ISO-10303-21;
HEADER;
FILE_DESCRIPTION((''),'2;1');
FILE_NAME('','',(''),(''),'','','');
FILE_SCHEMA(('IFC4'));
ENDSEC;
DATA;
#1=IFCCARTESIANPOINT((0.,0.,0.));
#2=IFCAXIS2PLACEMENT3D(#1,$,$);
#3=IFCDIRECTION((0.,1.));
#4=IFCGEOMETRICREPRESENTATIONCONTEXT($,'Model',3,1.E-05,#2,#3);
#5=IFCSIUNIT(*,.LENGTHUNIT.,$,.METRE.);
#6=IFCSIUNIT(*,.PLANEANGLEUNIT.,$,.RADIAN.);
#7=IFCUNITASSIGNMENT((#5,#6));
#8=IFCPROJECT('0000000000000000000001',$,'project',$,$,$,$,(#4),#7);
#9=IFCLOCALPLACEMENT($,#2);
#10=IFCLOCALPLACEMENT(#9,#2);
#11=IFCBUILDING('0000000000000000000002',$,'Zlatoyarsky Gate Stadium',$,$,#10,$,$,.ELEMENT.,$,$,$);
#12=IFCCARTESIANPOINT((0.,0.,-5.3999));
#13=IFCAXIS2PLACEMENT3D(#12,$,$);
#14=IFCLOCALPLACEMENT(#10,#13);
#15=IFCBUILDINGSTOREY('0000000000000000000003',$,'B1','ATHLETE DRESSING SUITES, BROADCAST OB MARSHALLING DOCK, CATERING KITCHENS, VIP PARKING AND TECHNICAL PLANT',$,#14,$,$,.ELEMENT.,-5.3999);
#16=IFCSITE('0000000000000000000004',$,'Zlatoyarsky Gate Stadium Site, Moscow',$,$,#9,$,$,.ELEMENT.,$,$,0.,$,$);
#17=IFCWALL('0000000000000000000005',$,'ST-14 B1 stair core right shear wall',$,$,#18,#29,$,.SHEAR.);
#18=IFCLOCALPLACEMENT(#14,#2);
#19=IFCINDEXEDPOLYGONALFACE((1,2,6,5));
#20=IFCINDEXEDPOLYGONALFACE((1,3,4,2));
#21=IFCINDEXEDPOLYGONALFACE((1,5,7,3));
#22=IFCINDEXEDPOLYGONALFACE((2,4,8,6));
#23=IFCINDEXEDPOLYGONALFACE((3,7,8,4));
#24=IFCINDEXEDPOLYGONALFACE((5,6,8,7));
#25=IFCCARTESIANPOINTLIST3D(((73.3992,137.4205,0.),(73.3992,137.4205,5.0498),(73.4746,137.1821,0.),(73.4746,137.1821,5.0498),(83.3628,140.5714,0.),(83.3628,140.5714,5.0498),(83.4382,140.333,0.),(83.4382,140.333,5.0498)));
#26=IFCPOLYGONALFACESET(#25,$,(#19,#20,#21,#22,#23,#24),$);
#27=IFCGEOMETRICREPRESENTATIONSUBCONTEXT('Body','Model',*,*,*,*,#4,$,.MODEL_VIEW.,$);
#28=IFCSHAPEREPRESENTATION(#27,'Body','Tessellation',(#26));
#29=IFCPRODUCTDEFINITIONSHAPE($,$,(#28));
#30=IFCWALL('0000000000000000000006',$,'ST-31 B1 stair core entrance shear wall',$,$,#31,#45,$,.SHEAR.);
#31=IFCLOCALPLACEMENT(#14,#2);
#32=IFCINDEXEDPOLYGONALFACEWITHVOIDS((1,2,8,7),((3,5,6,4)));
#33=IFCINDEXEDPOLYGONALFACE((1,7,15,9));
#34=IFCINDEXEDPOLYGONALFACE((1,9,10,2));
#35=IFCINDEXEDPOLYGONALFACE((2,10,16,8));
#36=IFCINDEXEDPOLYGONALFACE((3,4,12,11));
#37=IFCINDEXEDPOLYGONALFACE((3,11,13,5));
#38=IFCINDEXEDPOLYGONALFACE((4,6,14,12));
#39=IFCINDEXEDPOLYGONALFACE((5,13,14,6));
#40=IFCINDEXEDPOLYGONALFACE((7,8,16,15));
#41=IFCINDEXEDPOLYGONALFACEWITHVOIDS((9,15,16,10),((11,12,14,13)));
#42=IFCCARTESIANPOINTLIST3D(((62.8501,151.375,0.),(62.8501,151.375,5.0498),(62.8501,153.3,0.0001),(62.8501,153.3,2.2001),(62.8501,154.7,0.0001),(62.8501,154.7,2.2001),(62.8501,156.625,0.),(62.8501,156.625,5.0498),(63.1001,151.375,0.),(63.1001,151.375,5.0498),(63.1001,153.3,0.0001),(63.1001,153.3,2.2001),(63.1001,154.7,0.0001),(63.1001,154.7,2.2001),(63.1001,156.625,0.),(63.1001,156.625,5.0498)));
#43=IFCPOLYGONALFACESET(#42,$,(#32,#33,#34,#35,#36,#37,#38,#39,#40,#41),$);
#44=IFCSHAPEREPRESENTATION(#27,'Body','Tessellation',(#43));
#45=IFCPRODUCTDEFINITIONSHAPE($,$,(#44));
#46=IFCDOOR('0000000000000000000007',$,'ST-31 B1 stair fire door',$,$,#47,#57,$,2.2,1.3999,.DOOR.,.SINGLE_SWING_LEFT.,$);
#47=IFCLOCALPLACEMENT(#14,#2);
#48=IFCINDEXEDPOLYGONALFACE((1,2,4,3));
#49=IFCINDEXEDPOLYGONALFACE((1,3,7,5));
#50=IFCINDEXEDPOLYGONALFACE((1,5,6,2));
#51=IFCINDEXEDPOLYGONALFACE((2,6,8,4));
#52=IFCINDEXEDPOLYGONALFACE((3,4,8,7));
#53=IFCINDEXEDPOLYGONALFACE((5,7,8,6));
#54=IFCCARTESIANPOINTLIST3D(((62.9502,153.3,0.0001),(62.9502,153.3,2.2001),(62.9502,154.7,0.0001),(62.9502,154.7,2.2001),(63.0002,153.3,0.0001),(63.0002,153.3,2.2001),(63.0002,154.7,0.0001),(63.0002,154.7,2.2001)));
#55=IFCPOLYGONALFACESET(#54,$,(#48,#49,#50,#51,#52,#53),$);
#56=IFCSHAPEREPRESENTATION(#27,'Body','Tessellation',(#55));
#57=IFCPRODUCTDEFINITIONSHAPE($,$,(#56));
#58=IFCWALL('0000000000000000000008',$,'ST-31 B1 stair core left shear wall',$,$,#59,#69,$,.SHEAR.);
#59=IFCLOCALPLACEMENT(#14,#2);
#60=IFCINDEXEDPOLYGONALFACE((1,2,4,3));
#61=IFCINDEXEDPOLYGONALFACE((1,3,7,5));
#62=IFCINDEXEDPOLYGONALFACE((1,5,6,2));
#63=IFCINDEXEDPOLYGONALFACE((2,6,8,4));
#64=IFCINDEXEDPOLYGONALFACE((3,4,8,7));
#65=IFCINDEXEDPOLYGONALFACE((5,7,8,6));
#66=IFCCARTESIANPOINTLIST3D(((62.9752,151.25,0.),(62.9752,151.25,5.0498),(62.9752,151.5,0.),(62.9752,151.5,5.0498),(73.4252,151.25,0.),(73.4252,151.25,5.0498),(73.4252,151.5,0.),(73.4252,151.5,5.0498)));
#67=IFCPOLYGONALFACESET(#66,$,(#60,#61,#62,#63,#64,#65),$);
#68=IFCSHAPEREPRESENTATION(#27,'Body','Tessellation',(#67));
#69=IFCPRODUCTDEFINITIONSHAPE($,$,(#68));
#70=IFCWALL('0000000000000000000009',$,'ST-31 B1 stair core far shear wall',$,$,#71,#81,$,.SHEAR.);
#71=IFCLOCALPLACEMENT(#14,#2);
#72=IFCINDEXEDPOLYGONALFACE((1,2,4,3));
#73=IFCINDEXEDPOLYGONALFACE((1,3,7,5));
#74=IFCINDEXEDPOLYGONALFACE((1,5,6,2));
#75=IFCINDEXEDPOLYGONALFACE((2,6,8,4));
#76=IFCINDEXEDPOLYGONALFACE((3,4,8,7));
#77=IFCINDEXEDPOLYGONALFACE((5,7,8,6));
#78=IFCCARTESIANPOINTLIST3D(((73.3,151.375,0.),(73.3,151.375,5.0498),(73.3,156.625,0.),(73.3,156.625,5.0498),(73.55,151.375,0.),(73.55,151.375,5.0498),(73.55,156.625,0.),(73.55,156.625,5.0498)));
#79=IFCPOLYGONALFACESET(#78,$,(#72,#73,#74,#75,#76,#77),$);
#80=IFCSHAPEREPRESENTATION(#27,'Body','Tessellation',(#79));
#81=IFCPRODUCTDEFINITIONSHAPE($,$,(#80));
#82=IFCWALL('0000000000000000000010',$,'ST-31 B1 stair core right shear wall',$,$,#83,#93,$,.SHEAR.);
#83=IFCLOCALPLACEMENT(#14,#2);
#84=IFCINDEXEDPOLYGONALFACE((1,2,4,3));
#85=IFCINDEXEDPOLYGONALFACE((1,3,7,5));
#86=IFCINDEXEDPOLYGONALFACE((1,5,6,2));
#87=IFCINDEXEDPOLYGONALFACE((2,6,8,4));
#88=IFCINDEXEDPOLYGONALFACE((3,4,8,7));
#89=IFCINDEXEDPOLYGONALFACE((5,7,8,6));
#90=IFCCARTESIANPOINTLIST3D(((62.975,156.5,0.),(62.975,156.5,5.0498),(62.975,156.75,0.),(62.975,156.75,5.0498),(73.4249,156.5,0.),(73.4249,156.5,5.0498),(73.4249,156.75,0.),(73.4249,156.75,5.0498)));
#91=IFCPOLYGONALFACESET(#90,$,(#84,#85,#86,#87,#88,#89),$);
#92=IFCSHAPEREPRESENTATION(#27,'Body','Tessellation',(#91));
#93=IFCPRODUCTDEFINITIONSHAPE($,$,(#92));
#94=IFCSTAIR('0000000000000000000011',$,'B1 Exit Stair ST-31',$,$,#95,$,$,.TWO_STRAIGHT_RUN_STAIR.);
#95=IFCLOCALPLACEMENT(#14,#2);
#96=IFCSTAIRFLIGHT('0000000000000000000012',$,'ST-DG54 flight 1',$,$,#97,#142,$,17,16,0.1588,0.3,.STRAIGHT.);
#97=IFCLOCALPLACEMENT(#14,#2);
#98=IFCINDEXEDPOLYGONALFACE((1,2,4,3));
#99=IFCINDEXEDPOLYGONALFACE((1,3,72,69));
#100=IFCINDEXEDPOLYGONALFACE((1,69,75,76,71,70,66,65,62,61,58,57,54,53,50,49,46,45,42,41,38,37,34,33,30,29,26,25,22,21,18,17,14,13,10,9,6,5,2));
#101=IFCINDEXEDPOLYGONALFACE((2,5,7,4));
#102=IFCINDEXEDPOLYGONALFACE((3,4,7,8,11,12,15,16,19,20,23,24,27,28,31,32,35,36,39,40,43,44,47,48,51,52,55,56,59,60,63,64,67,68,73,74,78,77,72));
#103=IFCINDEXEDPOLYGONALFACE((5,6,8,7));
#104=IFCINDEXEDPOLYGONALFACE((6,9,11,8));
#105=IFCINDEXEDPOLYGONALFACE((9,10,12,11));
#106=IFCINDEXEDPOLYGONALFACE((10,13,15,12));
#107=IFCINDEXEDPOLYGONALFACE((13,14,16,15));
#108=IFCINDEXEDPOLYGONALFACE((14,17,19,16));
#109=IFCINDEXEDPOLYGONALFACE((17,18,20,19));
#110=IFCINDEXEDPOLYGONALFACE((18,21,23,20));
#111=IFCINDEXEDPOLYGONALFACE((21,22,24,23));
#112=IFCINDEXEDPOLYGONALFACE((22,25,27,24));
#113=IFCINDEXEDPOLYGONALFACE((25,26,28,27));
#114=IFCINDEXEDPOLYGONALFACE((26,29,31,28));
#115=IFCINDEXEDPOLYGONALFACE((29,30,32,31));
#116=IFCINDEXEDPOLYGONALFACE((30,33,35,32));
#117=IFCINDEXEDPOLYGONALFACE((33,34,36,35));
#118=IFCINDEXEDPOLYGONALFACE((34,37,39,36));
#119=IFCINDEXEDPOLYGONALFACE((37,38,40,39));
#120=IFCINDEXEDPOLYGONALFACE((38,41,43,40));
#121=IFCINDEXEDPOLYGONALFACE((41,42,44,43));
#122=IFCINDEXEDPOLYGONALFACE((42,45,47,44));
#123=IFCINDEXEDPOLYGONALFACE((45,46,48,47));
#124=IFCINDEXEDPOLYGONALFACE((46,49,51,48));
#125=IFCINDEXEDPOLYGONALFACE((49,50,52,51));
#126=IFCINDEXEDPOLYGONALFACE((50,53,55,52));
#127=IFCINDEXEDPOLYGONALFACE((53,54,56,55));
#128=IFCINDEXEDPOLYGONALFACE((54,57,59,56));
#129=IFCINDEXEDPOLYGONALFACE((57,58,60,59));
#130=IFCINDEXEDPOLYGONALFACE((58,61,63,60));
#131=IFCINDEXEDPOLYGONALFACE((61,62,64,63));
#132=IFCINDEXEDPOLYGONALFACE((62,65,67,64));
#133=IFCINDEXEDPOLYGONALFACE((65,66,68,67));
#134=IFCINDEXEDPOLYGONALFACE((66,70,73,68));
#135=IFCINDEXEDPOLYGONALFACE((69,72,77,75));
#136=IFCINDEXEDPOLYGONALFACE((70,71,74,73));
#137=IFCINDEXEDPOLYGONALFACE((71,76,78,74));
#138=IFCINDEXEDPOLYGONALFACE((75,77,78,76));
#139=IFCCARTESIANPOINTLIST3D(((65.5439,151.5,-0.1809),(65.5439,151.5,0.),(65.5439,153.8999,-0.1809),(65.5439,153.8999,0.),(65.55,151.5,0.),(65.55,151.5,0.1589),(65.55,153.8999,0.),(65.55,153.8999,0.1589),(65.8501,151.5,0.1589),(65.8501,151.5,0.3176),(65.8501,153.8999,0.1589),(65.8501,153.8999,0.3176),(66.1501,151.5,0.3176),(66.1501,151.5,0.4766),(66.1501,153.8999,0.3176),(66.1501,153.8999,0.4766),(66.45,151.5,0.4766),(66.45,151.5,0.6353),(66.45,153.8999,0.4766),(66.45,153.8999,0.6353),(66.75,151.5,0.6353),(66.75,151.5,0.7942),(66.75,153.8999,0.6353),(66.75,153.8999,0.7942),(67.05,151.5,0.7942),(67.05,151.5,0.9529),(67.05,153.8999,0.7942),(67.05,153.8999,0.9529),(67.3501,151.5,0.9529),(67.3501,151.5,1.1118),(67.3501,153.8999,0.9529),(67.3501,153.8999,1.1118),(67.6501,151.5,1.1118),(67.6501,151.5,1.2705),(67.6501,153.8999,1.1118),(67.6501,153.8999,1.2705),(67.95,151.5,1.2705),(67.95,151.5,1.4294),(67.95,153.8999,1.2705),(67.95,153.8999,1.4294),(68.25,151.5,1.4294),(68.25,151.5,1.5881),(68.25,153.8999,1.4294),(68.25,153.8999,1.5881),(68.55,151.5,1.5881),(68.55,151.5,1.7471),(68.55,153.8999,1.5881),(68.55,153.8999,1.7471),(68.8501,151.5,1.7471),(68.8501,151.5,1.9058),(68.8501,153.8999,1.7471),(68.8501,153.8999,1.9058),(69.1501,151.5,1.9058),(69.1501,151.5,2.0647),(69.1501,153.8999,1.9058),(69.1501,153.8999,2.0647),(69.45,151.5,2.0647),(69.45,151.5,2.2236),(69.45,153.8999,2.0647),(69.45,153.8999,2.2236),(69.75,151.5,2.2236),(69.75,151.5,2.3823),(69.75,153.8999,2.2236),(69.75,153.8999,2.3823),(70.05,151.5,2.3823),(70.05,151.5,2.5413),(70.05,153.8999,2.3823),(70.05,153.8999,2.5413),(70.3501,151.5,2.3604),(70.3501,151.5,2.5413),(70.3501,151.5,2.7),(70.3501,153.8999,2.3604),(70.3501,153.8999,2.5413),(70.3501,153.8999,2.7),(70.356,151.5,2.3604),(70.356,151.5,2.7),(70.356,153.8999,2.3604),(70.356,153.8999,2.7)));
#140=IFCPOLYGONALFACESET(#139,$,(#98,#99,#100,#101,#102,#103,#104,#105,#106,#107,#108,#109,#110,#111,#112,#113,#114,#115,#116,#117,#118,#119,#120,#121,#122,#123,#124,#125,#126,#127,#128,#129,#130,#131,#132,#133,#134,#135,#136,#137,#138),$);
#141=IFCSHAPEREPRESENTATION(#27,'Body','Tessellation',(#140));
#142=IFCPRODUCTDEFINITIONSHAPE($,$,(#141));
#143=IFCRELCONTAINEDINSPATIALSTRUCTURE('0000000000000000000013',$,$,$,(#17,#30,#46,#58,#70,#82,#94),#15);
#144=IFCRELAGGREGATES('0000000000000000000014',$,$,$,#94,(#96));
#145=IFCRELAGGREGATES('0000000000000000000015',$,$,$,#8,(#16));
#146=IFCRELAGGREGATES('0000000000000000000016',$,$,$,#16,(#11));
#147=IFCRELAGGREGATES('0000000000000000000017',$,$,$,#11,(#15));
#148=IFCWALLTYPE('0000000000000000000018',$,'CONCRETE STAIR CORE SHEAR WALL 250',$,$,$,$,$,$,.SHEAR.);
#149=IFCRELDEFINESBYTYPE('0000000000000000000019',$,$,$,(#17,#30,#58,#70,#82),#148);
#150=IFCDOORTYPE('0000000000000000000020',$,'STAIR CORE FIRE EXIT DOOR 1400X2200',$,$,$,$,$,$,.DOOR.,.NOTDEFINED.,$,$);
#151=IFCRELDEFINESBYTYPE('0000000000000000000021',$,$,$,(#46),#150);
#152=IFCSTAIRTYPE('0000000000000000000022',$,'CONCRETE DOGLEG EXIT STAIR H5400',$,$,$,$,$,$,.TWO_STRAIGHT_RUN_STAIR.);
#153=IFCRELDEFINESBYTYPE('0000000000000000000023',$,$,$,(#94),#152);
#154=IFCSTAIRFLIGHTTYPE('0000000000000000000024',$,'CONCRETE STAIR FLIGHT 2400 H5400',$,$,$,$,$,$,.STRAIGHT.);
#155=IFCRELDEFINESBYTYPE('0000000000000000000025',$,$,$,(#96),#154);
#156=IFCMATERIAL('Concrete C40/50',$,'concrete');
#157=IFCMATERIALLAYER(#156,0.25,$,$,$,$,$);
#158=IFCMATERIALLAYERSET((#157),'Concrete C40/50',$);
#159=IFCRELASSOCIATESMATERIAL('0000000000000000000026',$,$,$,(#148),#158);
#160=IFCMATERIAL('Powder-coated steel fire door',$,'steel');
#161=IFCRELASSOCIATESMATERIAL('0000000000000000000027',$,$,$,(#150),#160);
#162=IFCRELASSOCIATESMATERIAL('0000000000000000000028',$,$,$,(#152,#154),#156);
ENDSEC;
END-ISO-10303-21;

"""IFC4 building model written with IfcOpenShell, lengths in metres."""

from ifc_helpers import new_model, si_unit, direction, frame, frame_2d, origin, place, context, subcontext, project, spatial, polyline, rectangle, outline, extrude, material, layer, layer_set, type_object, element, fill, aggregate, save


model = new_model("IFC4")

# Units and contexts
model_context = context("Model", 3, precision=1e-05, world=origin(), true_north=direction((0.0, 1.0)))
body_context = subcontext(model_context, "Body", "Model", "MODEL_VIEW")
ifc_project = project(units=[si_unit("LENGTHUNIT", "METRE"), si_unit("PLANEANGLEUNIT", "RADIAN")], contexts=[model_context])

# Site, building, storey
site_placement = place(None, origin())
site = spatial("IfcSite", under=ifc_project, at=site_placement, Name="Zlatoyarsky Gate Stadium Site, Moscow", CompositionType="ELEMENT", RefElevation=0.0)
building_placement = place(site_placement, origin())
building = spatial("IfcBuilding", under=site, at=building_placement, Name="Zlatoyarsky Gate Stadium", CompositionType="ELEMENT")
storey_placement = place(building_placement, frame((0.0, 0.0, -5.3999)))
storey = spatial("IfcBuildingStorey", under=building, at=storey_placement, Name="B1", Description="ATHLETE DRESSING SUITES, BROADCAST OB MARSHALLING DOCK, CATERING KITCHENS, VIP PARKING AND TECHNICAL PLANT", CompositionType="ELEMENT", Elevation=-5.3999)

# Shared definitions
ifc_material_1 = material(Name="Concrete C40/50", Category="concrete")

# Wall
ifc_layer_1 = layer(ifc_material_1, 0.25)
ifc_layer_set_1 = layer_set([ifc_layer_1], Name="Concrete C40/50")
wall_type_1 = type_object("IfcWallType", Name="CONCRETE STAIR CORE SHEAR WALL 250", PredefinedType="SHEAR", material=ifc_layer_set_1)
wall_1_placement = place(storey_placement, frame((73.4368, 137.3013, 0.0), z_axis=(0.0, 0.0, 1.0), x_axis=(0.95346, 0.30152, 0.0)))
element("IfcWall", 1, at=wall_1_placement, inside=storey, type_object=wall_type_1, Name="ST-14 B1 stair core right shear wall", PredefinedType="SHEAR", context=body_context, shape_type="SweptSolid", body=[
    extrude(rectangle(XDim=10.45, YDim=0.25, at=frame_2d((5.2251, 0.0))), origin(), (0.0, 0.0, 1.0), 5.0498),
])

# Wall, opening, door
wall_2_placement = place(storey_placement, frame((62.9751, 156.625, 0.0), z_axis=(0.0, 0.0, 1.0), x_axis=(0.0, -1.0, 0.0)))
wall_2 = element("IfcWall", 2, at=wall_2_placement, inside=storey, type_object=wall_type_1, Name="ST-31 B1 stair core entrance shear wall", PredefinedType="SHEAR", context=body_context, shape_type="SweptSolid", body=[
    extrude(rectangle(XDim=5.25, YDim=0.25, at=frame_2d((2.625, 0.0))), origin(), (0.0, 0.0, 1.0), 5.0498),
])
opening_placement = place(wall_2_placement, frame((1.925, 0.0, 0.0)))
opening = element("IfcOpeningElement", 3, at=opening_placement, cuts=wall_2, PredefinedType="OPENING", context=body_context, shape_type="SweptSolid", body=[
    extrude(rectangle(XDim=1.3999, YDim=2.2, at=frame_2d((0.7, 1.1001))), frame((0.0, 0.135, 0.0), z_axis=(0.0, -1.0, 0.0), x_axis=(1.0, 0.0, 0.0)), (0.0, 0.0, 1.0), 0.27),
])
ifc_material_2 = material(Name="Powder-coated steel fire door", Category="steel")
door_type = type_object("IfcDoorType", Name="STAIR CORE FIRE EXIT DOOR 1400X2200", OperationType="NOTDEFINED", PredefinedType="DOOR", material=ifc_material_2)
door_placement = place(opening_placement, frame((1.3999, 0.0, 0.0), z_axis=(0.0, 0.0, 1.0), x_axis=(-1.0, 0.0, 0.0)))
door = element("IfcDoor", 4, at=door_placement, inside=storey, type_object=door_type, Name="ST-31 B1 stair fire door", OperationType="SINGLE_SWING_LEFT", OverallHeight=2.2, OverallWidth=1.3999, PredefinedType="DOOR", context=body_context, shape_type="SweptSolid", body=[
    extrude(rectangle(XDim=1.3999, YDim=2.2, at=frame_2d((0.7, 1.1001))), frame((0.0, 0.0249, 0.0), z_axis=(0.0, -1.0, 0.0), x_axis=(1.0, 0.0, 0.0)), (0.0, 0.0, 1.0), 0.05),
])
fill(opening, door)

# Walls
wall_3_placement = place(storey_placement, frame((62.9751, 151.375, 0.0), z_axis=(0.0, 0.0, 1.0), x_axis=(1.0, 0.0, 0.0)))
element("IfcWall", 5, at=wall_3_placement, inside=storey, type_object=wall_type_1, Name="ST-31 B1 stair core left shear wall", PredefinedType="SHEAR", context=body_context, shape_type="SweptSolid", body=[
    extrude(rectangle(XDim=10.45, YDim=0.25, at=frame_2d((5.2251, 0.0))), origin(), (0.0, 0.0, 1.0), 5.0498),
])
wall_4_placement = place(storey_placement, frame((73.425, 151.375, 0.0), z_axis=(0.0, 0.0, 1.0), x_axis=(0.0, 1.0, 0.0)))
element("IfcWall", 6, at=wall_4_placement, inside=storey, type_object=wall_type_1, Name="ST-31 B1 stair core far shear wall", PredefinedType="SHEAR", context=body_context, shape_type="SweptSolid", body=[
    extrude(rectangle(XDim=5.25, YDim=0.25, at=frame_2d((2.625, 0.0))), origin(), (0.0, 0.0, 1.0), 5.0498),
])
wall_5_placement = place(storey_placement, frame((73.425, 156.625, 0.0), z_axis=(0.0, 0.0, 1.0), x_axis=(-1.0, 0.0, 0.0)))
element("IfcWall", 7, at=wall_5_placement, inside=storey, type_object=wall_type_1, Name="ST-31 B1 stair core right shear wall", PredefinedType="SHEAR", context=body_context, shape_type="SweptSolid", body=[
    extrude(rectangle(XDim=10.45, YDim=0.25, at=frame_2d((5.2251, 0.0))), origin(), (0.0, 0.0, 1.0), 5.0498),
])

# Stair, stair flight
stair_type = type_object("IfcStairType", Name="CONCRETE DOGLEG EXIT STAIR H5400", PredefinedType="TWO_STRAIGHT_RUN_STAIR", material=ifc_material_1)
stair_placement = place(storey_placement, origin())
stair = element("IfcStair", 8, at=stair_placement, inside=storey, type_object=stair_type, Name="B1 Exit Stair ST-31", PredefinedType="TWO_STRAIGHT_RUN_STAIR")
stair_flight_type = type_object("IfcStairFlightType", Name="CONCRETE STAIR FLIGHT 2400 H5400", PredefinedType="STRAIGHT", material=ifc_material_1)
stair_flight_1_placement = place(storey_placement, frame((65.55, 152.7, 0.0), z_axis=(0.0, 0.0, 1.0), x_axis=(1.0, 0.0, 0.0)))
stair_flight_1 = element("IfcStairFlight", 9, at=stair_flight_1_placement, type_object=stair_flight_type, Name="ST-DG54 flight 1", NumberOfRisers=17, NumberOfTreads=16, PredefinedType="STRAIGHT", RiserHeight=0.1588, TreadLength=0.3, context=body_context, shape_type="SweptSolid", body=[
    extrude(outline(polyline([(-0.0061, -0.1809), (-0.0061, 0.0), (0.0, 0.0), (0.0, 0.1589), (0.3, 0.1589), (0.3, 0.3176), (0.6001, 0.3176), (0.6001, 0.4766), (0.8999, 0.4766), (0.8999, 0.6353), (1.2, 0.6353), (1.2, 0.7942), (1.5, 0.7942), (1.5, 0.9529), (1.8, 0.9529), (1.8, 1.1118), (2.1001, 1.1118), (2.1001, 1.2705), (2.3999, 1.2705), (2.3999, 1.4294), (2.7, 1.4294), (2.7, 1.5881), (3.0, 1.5881), (3.0, 1.7471), (3.3, 1.7471), (3.3, 1.9058), (3.6001, 1.9058), (3.6001, 2.0647), (3.8999, 2.0647), (3.8999, 2.2236), (4.2, 2.2236), (4.2, 2.3823), (4.5, 2.3823), (4.5, 2.5413), (4.8, 2.5413), (4.8, 2.7), (4.8059, 2.7), (4.8059, 2.3604), (4.8, 2.3604), (-0.0061, -0.1809)])), frame((0.0, 1.2, 0.0), z_axis=(0.0, -1.0, 0.0), x_axis=(1.0, 0.0, 0.0)), (0.0, 0.0, 1.0), 2.3999),
])
aggregate(stair, [stair_flight_1])

save(model, "model.ifc")
